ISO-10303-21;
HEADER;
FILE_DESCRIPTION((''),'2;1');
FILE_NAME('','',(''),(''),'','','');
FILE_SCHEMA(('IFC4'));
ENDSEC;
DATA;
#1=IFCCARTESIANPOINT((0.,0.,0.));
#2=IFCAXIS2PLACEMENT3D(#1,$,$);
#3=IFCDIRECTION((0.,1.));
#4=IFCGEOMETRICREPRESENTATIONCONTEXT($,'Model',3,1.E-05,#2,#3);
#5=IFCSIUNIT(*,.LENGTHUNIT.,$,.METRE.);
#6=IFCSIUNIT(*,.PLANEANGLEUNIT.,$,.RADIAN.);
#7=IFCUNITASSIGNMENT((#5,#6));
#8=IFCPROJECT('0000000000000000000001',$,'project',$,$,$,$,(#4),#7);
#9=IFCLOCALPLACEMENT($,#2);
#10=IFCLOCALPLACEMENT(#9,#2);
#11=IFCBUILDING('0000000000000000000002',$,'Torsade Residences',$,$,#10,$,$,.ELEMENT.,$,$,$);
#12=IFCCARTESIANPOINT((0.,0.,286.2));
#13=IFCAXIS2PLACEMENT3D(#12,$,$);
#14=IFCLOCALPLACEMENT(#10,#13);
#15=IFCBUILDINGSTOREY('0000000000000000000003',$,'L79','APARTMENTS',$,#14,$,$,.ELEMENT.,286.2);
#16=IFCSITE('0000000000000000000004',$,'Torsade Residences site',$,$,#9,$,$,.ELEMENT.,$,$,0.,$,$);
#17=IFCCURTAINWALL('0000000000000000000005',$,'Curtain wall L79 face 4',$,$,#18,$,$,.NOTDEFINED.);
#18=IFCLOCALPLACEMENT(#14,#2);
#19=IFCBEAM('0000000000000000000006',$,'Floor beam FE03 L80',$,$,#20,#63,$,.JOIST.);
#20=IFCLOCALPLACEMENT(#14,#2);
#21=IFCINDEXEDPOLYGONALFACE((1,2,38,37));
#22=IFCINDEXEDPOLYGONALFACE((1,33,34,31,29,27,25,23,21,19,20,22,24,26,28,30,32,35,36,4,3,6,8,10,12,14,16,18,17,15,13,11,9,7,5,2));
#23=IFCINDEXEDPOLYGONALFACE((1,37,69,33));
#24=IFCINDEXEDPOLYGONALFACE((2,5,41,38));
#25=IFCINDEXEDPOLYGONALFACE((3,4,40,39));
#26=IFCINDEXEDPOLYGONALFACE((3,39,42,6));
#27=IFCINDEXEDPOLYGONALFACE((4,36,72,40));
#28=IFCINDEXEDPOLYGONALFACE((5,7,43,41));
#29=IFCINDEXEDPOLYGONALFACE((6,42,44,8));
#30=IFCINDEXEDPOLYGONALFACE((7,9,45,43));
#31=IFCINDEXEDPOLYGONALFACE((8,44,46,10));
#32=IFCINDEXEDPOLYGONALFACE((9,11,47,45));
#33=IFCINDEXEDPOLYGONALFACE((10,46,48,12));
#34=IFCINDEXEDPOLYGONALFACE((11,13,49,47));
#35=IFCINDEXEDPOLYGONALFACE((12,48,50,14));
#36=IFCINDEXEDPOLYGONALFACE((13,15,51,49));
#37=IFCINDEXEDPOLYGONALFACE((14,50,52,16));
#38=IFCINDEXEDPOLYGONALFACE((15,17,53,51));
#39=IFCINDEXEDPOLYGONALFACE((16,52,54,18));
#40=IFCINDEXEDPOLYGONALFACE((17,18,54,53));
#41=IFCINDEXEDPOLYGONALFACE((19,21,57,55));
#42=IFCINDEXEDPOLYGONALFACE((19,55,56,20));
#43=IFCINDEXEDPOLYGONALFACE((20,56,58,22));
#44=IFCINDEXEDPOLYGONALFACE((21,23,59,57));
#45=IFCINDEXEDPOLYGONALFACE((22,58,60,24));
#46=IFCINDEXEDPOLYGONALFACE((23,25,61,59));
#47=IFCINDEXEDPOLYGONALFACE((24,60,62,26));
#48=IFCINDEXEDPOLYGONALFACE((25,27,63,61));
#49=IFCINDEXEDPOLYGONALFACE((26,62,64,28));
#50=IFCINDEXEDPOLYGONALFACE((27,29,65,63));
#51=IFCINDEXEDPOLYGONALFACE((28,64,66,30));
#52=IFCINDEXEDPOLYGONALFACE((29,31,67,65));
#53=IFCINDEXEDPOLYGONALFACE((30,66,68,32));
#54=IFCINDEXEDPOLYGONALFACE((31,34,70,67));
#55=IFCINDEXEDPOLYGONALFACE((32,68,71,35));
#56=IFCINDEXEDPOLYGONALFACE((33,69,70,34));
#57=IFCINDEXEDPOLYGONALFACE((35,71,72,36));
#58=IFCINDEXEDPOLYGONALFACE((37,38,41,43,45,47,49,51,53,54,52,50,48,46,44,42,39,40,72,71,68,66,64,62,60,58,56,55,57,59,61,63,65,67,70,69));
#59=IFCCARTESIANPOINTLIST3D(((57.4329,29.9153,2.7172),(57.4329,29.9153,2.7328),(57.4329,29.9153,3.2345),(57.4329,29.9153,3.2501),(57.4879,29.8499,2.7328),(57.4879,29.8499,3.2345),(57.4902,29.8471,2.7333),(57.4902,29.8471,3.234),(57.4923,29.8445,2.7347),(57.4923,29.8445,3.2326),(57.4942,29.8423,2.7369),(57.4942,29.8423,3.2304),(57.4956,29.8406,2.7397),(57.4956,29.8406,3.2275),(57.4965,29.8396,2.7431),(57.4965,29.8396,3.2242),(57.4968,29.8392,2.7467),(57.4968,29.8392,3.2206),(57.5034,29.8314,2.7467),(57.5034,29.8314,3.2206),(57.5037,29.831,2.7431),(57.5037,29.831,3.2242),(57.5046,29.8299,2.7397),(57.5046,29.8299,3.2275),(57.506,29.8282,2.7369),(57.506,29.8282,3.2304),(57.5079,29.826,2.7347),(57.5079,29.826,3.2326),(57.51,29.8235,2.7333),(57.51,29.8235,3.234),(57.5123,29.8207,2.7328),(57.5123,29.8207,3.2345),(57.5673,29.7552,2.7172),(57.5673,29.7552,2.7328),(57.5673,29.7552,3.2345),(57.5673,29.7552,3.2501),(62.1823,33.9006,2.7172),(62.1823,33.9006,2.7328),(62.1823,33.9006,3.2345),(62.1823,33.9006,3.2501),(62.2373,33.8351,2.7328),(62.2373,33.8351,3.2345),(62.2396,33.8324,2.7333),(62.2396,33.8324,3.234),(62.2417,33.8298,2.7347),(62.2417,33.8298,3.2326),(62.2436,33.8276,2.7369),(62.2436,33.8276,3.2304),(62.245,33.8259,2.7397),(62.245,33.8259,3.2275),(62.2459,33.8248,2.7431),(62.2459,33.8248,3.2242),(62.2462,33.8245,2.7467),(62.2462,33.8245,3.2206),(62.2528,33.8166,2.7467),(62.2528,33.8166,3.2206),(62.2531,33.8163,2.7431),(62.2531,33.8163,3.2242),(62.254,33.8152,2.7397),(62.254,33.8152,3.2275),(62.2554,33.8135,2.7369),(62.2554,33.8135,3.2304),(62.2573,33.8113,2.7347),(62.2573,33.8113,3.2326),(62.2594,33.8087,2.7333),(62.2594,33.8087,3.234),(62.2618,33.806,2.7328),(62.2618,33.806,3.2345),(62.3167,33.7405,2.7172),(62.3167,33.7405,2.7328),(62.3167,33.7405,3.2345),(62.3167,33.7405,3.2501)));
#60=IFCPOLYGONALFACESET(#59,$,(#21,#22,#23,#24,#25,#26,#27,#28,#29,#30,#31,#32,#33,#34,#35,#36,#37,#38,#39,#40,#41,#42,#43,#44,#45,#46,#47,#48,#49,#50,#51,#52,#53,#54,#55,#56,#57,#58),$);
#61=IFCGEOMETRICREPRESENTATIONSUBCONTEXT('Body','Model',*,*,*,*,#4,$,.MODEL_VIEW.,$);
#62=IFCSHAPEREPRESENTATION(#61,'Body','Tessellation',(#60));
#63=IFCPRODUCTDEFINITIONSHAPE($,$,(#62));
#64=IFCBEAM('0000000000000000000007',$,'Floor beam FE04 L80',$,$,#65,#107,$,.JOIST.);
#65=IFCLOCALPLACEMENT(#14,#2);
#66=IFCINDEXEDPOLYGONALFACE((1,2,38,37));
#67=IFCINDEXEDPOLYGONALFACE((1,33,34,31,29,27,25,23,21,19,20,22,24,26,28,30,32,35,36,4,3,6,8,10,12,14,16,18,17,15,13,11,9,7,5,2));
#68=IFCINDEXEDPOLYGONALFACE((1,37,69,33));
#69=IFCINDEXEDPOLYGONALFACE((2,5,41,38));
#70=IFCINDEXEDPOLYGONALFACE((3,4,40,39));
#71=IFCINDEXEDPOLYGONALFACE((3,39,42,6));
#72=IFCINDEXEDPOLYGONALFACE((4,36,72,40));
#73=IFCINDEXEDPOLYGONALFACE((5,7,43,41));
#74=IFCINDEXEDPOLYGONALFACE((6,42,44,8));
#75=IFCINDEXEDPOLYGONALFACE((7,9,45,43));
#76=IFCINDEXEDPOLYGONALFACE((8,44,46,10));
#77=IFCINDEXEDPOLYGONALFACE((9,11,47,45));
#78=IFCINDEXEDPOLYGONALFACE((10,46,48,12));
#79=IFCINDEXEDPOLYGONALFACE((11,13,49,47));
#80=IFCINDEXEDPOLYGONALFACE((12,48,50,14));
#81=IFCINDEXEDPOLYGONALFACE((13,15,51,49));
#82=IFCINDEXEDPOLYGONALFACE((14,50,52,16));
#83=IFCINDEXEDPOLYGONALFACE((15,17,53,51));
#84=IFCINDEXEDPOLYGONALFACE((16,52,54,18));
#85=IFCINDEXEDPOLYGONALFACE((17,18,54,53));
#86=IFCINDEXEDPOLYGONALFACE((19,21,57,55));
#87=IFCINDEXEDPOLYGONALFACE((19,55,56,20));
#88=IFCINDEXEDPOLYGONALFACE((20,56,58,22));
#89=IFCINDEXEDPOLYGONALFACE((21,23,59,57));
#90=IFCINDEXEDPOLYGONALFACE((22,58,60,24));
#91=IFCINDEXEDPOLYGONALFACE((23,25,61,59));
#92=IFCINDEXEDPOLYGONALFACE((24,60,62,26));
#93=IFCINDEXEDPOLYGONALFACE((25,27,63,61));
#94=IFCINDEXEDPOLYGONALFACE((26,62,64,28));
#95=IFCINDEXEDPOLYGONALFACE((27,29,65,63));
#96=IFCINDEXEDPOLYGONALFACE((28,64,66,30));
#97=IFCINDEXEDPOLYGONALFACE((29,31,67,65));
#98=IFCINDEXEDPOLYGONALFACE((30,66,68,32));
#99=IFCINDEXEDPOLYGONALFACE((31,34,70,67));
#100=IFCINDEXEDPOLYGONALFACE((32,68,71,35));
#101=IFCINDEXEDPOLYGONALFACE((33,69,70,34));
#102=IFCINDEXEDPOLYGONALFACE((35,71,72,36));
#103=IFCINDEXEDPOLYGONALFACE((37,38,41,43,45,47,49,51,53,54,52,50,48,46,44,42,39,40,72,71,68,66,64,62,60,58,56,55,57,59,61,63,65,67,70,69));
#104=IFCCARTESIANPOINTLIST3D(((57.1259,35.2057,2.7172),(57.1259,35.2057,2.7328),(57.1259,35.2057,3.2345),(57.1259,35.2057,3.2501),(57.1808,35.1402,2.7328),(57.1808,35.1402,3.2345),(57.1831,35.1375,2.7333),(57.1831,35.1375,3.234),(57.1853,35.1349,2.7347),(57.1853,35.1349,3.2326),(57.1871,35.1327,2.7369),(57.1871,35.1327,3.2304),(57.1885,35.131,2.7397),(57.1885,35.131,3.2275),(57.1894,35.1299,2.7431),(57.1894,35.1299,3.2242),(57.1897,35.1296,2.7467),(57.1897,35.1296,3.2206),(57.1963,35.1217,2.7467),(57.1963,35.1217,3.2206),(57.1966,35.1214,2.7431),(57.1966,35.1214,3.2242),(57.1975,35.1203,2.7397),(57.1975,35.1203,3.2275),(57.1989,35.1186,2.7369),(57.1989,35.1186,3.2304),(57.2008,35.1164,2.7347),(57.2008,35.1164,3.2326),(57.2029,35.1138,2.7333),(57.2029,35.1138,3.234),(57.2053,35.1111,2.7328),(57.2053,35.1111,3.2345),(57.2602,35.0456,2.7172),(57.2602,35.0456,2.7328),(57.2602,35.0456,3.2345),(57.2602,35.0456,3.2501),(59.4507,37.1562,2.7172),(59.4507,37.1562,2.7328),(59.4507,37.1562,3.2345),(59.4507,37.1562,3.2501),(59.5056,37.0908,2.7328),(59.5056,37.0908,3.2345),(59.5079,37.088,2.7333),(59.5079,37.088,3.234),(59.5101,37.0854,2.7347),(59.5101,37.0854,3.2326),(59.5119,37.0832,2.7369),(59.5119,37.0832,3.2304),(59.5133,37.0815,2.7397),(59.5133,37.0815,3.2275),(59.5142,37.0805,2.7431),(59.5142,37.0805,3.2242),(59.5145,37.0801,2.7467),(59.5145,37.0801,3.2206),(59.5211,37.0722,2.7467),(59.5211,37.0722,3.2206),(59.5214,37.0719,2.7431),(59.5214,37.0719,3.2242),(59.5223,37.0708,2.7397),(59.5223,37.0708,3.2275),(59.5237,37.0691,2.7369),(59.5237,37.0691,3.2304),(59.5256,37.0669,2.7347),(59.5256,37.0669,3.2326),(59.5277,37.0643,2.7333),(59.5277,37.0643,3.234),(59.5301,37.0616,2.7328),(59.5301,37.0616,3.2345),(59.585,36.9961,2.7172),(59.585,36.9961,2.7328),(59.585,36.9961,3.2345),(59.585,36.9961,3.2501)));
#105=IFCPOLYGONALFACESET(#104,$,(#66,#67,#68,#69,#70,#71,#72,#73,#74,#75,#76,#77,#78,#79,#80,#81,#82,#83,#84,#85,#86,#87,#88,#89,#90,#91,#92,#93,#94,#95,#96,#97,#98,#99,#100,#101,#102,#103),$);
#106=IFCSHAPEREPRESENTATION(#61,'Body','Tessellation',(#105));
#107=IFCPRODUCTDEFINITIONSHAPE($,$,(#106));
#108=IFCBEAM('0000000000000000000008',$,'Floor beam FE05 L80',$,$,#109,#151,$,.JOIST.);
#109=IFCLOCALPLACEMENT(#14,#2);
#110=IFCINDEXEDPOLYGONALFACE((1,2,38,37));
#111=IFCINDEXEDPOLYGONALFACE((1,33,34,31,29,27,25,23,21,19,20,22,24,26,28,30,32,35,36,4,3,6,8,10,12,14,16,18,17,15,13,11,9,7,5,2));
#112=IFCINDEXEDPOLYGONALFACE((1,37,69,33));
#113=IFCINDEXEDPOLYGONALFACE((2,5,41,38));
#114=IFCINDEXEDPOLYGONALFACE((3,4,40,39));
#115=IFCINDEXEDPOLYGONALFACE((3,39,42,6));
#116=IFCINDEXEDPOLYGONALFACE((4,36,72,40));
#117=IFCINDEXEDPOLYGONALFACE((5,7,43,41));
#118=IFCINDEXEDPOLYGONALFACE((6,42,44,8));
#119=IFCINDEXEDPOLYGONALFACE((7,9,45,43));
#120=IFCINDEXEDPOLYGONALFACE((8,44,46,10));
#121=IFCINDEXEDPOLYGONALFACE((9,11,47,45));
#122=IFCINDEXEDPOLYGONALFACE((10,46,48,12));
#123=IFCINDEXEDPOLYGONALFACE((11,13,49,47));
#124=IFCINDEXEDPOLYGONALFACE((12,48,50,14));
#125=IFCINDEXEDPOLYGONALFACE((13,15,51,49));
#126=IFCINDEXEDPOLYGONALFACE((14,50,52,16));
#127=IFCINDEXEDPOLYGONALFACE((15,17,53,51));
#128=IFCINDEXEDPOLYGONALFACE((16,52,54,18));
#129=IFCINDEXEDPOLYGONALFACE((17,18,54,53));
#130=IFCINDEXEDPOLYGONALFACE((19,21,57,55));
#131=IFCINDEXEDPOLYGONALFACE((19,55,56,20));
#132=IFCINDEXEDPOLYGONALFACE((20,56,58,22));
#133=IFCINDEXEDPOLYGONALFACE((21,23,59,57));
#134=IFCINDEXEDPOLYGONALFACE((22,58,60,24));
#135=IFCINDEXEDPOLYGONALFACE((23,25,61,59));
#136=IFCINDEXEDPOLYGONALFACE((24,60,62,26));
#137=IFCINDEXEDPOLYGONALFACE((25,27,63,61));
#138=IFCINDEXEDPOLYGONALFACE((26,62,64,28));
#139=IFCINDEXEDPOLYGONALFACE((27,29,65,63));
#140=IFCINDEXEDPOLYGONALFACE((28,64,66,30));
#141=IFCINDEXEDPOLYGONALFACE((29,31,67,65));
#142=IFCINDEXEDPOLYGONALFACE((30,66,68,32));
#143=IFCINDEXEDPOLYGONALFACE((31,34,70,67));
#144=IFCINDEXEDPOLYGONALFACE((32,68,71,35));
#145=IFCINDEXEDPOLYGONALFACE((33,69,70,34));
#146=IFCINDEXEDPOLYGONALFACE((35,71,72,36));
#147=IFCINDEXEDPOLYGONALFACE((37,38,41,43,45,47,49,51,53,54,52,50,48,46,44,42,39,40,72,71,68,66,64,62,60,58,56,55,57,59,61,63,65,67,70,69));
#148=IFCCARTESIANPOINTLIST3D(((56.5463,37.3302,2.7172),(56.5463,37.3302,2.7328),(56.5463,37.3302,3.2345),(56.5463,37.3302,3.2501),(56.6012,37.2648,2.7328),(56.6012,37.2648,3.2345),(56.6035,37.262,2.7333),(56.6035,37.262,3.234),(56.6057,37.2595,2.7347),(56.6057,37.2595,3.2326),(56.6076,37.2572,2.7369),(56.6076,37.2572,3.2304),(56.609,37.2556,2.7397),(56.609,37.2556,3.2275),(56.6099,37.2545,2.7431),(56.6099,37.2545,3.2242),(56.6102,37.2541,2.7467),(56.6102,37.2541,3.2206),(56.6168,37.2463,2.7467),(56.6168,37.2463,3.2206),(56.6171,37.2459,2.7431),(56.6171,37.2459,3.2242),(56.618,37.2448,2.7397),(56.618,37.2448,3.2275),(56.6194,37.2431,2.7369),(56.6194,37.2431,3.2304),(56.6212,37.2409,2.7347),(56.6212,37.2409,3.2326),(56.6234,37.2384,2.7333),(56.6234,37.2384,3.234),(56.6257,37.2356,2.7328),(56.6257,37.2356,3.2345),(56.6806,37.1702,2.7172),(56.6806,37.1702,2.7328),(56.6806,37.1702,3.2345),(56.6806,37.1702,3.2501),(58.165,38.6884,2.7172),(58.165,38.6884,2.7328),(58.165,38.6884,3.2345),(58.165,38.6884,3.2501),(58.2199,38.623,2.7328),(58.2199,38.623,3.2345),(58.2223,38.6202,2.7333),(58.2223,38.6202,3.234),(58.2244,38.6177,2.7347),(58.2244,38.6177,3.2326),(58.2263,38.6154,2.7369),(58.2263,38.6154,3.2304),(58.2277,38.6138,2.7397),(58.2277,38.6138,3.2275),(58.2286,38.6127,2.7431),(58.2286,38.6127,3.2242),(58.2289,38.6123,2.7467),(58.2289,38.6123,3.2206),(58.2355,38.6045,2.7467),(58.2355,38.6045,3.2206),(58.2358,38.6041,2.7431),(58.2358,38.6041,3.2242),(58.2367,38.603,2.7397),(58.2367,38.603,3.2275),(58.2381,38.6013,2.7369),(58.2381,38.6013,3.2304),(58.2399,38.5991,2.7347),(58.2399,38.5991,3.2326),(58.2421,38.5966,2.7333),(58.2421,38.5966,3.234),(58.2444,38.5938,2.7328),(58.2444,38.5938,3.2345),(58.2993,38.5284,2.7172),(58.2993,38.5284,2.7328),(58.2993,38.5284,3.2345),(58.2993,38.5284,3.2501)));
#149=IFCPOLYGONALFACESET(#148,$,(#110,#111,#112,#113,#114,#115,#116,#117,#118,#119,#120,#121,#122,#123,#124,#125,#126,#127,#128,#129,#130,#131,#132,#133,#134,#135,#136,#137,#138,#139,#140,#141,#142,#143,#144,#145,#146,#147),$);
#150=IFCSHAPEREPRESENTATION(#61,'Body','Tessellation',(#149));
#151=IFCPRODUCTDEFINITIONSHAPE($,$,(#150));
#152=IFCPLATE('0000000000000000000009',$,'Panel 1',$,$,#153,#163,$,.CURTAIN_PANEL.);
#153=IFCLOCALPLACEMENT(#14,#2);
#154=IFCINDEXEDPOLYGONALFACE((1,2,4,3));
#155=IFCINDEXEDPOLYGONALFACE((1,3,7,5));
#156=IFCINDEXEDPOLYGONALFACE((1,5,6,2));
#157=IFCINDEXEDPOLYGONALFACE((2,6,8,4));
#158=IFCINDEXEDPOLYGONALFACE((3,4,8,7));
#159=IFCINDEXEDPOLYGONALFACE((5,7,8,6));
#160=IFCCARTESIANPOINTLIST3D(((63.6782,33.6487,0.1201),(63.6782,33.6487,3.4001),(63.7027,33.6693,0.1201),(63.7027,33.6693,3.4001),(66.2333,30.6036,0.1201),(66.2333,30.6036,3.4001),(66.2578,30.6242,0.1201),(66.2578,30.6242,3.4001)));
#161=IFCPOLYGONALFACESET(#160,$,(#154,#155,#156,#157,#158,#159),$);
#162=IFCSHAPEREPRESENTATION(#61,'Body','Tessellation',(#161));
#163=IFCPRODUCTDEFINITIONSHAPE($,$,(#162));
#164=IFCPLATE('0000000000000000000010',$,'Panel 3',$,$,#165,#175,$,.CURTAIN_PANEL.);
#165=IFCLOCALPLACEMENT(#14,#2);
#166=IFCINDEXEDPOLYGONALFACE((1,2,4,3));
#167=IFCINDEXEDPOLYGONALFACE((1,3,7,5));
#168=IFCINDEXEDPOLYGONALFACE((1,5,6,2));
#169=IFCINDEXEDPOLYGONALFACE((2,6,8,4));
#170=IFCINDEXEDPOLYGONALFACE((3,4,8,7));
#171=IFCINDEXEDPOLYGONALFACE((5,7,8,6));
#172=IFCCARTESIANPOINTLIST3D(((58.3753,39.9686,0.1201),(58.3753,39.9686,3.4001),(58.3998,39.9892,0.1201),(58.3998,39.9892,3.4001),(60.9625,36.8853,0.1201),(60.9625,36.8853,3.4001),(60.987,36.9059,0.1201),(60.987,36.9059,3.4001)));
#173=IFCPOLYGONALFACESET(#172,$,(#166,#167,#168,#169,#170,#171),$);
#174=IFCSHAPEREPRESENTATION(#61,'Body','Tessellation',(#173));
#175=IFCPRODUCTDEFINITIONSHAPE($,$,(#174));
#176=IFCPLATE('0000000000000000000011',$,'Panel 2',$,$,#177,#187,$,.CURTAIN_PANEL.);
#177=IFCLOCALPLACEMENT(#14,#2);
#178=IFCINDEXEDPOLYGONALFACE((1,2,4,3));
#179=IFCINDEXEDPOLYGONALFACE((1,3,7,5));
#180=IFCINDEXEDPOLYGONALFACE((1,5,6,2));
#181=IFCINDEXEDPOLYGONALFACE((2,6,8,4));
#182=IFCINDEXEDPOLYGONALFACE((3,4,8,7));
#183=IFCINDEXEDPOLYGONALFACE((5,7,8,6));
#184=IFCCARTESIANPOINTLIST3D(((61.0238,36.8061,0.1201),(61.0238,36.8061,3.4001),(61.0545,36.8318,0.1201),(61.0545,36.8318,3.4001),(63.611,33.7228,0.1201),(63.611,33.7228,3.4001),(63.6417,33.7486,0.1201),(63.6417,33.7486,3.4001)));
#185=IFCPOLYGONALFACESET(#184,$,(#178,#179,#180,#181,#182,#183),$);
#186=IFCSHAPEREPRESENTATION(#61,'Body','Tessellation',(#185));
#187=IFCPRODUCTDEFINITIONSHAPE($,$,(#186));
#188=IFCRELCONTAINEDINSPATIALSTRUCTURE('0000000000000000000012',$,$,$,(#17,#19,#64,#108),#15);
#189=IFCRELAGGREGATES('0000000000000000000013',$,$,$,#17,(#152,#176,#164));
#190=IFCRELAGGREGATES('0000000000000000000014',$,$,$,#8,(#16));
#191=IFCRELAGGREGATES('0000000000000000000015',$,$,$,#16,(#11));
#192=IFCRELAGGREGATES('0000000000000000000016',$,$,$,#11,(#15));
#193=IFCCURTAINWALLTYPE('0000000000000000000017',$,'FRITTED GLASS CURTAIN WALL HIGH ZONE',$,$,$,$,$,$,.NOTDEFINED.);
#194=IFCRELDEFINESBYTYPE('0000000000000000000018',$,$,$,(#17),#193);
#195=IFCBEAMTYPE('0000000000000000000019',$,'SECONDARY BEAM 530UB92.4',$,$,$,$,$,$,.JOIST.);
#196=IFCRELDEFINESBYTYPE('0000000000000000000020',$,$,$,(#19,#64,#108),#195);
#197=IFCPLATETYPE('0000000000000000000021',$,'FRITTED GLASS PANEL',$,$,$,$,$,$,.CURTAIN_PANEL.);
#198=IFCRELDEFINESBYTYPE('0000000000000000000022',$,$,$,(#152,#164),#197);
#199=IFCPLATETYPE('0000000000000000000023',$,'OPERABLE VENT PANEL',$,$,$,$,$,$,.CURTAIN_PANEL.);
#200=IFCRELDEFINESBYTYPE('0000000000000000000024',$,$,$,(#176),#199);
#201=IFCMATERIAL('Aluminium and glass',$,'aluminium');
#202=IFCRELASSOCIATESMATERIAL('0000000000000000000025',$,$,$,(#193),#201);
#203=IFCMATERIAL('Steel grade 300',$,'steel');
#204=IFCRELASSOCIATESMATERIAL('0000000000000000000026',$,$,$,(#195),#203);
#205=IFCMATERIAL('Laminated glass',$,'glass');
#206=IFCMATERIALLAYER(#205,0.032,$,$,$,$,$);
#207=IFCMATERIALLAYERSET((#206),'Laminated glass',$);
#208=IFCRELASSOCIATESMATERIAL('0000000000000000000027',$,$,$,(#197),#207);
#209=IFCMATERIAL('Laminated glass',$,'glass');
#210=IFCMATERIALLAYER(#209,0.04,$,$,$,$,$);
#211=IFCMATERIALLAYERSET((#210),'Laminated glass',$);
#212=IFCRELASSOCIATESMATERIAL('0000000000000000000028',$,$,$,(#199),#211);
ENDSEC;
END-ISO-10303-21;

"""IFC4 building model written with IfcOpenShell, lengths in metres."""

from ifc_helpers import new_model, si_unit, direction, frame, origin, origin_2d, place, context, subcontext, project, spatial, rectangle, i_section, extrude, material, layer, layer_set, material_profile, profile_set, type_object, element, aggregate, save


model = new_model("IFC4")

# Units and contexts
model_context = context("Model", 3, precision=1e-05, world=origin(), true_north=direction((0.0, 1.0)))
body_context = subcontext(model_context, "Body", "Model", "MODEL_VIEW")
ifc_project = project(units=[si_unit("LENGTHUNIT", "METRE"), si_unit("PLANEANGLEUNIT", "RADIAN")], contexts=[model_context])

# Site, building, storey
site_placement = place(None, origin())
site = spatial("IfcSite", under=ifc_project, at=site_placement, Name="Torsade Residences site", CompositionType="ELEMENT", RefElevation=0.0)
building_placement = place(site_placement, origin())
building = spatial("IfcBuilding", under=site, at=building_placement, Name="Torsade Residences", CompositionType="ELEMENT")
storey_placement = place(building_placement, frame((0.0, 0.0, 286.2)))
storey = spatial("IfcBuildingStorey", under=building, at=storey_placement, Name="L79", Description="APARTMENTS", CompositionType="ELEMENT", Elevation=286.2)

# Curtain wall
ifc_material_1 = material(Name="Aluminium and glass", Category="aluminium")
curtain_wall_type = type_object("IfcCurtainWallType", Name="FRITTED GLASS CURTAIN WALL HIGH ZONE", PredefinedType="NOTDEFINED", material=ifc_material_1)
curtain_wall_placement = place(storey_placement, origin())
curtain_wall = element("IfcCurtainWall", 1, at=curtain_wall_placement, inside=storey, type_object=curtain_wall_type, Name="Curtain wall L79 face 4", PredefinedType="NOTDEFINED")

# Beams
ifc_material_2 = material(Name="Steel grade 300", Category="steel")
ifc_material_profile_1 = material_profile(ifc_material_2, i_section(OverallWidth=0.209, OverallDepth=0.533, WebThickness=0.0103, FlangeThickness=0.0156, FilletRadius=0.0139, at=origin_2d()), Name="530UB92.4")
ifc_profile_set_1 = profile_set([ifc_material_profile_1], Name="Steel grade 300")
beam_type_1 = type_object("IfcBeamType", Name="SECONDARY BEAM 530UB92.4", PredefinedType="JOIST", material=ifc_profile_set_1)
beam_1_placement = place(storey_placement, frame((62.2495, 33.8206, 2.9836), z_axis=(-0.766041, -0.642791, 0.0), x_axis=(0.642791, -0.766041, 0.0)))
element("IfcBeam", 2, at=beam_1_placement, inside=storey, type_object=beam_type_1, Name="Floor beam FE03 L80", PredefinedType="JOIST", context=body_context, shape_type="SweptSolid", body=[
    extrude(i_section(OverallWidth=0.209, OverallDepth=0.533, WebThickness=0.0103, FlangeThickness=0.0156, FilletRadius=0.0139, at=origin_2d()), origin(), (0.0, 0.0, 1.0), 6.2),
])
beam_2_placement = place(storey_placement, frame((59.5178, 37.0762, 2.9836), z_axis=(-0.76608, -0.642745, 0.0), x_axis=(0.642745, -0.76608, 0.0)))
element("IfcBeam", 3, at=beam_2_placement, inside=storey, type_object=beam_type_1, Name="Floor beam FE04 L80", PredefinedType="JOIST", context=body_context, shape_type="SweptSolid", body=[
    extrude(i_section(OverallWidth=0.209, OverallDepth=0.533, WebThickness=0.0103, FlangeThickness=0.0156, FilletRadius=0.0139, at=origin_2d()), origin(), (0.0, 0.0, 1.0), 3.0347),
])
beam_3_placement = place(storey_placement, frame((58.2322, 38.6084, 2.9836), z_axis=(-0.766058, -0.642772, 0.0), x_axis=(0.642772, -0.766058, 0.0)))
element("IfcBeam", 4, at=beam_3_placement, inside=storey, type_object=beam_type_1, Name="Floor beam FE05 L80", PredefinedType="JOIST", context=body_context, shape_type="SweptSolid", body=[
    extrude(i_section(OverallWidth=0.209, OverallDepth=0.533, WebThickness=0.0103, FlangeThickness=0.0156, FilletRadius=0.0139, at=origin_2d()), origin(), (0.0, 0.0, 1.0), 2.113),
])

# Plates
ifc_material_3 = material(Name="Laminated glass", Category="glass")
ifc_layer_1 = layer(ifc_material_3, 0.032)
ifc_layer_set_1 = layer_set([ifc_layer_1], Name="Laminated glass")
plate_type_1 = type_object("IfcPlateType", Name="FRITTED GLASS PANEL", PredefinedType="CURTAIN_PANEL", material=ifc_layer_set_1)
plate_1_placement = place(storey_placement, frame((64.968, 32.1365, 0.1201), z_axis=(0.0, 0.0, 1.0), x_axis=(-0.642788, 0.766044, 0.0)))
plate_1 = element("IfcPlate", 5, at=plate_1_placement, type_object=plate_type_1, Name="Panel 1", PredefinedType="CURTAIN_PANEL", context=body_context, shape_type="SweptSolid", body=[
    extrude(rectangle(XDim=3.9751, YDim=0.032, at=origin_2d()), origin(), (0.0, 0.0, 1.0), 3.28),
])
plate_2_placement = place(storey_placement, frame((59.6812, 38.4373, 0.1201), z_axis=(0.0, 0.0, 1.0), x_axis=(-0.642788, 0.766044, 0.0)))
plate_2 = element("IfcPlate", 6, at=plate_2_placement, type_object=plate_type_1, Name="Panel 3", PredefinedType="CURTAIN_PANEL", context=body_context, shape_type="SweptSolid", body=[
    extrude(rectangle(XDim=4.0249, YDim=0.032, at=origin_2d()), origin(), (0.0, 0.0, 1.0), 3.28),
])
ifc_material_4 = material(Name="Laminated glass", Category="glass")
ifc_layer_2 = layer(ifc_material_4, 0.04)
ifc_layer_set_2 = layer_set([ifc_layer_2], Name="Laminated glass")
plate_type_2 = type_object("IfcPlateType", Name="OPERABLE VENT PANEL", PredefinedType="CURTAIN_PANEL", material=ifc_layer_set_2)
plate_3_placement = place(storey_placement, frame((62.3328, 35.2773, 0.1201), z_axis=(0.0, 0.0, 1.0), x_axis=(-0.642788, 0.766044, 0.0)))
plate_3 = element("IfcPlate", 7, at=plate_3_placement, type_object=plate_type_2, Name="Panel 2", PredefinedType="CURTAIN_PANEL", context=body_context, shape_type="SweptSolid", body=[
    extrude(rectangle(XDim=4.0249, YDim=0.04, at=origin_2d()), origin(), (0.0, 0.0, 1.0), 3.28),
])
aggregate(curtain_wall, [plate_1, plate_3, plate_2])

save(model, "model.ifc")
